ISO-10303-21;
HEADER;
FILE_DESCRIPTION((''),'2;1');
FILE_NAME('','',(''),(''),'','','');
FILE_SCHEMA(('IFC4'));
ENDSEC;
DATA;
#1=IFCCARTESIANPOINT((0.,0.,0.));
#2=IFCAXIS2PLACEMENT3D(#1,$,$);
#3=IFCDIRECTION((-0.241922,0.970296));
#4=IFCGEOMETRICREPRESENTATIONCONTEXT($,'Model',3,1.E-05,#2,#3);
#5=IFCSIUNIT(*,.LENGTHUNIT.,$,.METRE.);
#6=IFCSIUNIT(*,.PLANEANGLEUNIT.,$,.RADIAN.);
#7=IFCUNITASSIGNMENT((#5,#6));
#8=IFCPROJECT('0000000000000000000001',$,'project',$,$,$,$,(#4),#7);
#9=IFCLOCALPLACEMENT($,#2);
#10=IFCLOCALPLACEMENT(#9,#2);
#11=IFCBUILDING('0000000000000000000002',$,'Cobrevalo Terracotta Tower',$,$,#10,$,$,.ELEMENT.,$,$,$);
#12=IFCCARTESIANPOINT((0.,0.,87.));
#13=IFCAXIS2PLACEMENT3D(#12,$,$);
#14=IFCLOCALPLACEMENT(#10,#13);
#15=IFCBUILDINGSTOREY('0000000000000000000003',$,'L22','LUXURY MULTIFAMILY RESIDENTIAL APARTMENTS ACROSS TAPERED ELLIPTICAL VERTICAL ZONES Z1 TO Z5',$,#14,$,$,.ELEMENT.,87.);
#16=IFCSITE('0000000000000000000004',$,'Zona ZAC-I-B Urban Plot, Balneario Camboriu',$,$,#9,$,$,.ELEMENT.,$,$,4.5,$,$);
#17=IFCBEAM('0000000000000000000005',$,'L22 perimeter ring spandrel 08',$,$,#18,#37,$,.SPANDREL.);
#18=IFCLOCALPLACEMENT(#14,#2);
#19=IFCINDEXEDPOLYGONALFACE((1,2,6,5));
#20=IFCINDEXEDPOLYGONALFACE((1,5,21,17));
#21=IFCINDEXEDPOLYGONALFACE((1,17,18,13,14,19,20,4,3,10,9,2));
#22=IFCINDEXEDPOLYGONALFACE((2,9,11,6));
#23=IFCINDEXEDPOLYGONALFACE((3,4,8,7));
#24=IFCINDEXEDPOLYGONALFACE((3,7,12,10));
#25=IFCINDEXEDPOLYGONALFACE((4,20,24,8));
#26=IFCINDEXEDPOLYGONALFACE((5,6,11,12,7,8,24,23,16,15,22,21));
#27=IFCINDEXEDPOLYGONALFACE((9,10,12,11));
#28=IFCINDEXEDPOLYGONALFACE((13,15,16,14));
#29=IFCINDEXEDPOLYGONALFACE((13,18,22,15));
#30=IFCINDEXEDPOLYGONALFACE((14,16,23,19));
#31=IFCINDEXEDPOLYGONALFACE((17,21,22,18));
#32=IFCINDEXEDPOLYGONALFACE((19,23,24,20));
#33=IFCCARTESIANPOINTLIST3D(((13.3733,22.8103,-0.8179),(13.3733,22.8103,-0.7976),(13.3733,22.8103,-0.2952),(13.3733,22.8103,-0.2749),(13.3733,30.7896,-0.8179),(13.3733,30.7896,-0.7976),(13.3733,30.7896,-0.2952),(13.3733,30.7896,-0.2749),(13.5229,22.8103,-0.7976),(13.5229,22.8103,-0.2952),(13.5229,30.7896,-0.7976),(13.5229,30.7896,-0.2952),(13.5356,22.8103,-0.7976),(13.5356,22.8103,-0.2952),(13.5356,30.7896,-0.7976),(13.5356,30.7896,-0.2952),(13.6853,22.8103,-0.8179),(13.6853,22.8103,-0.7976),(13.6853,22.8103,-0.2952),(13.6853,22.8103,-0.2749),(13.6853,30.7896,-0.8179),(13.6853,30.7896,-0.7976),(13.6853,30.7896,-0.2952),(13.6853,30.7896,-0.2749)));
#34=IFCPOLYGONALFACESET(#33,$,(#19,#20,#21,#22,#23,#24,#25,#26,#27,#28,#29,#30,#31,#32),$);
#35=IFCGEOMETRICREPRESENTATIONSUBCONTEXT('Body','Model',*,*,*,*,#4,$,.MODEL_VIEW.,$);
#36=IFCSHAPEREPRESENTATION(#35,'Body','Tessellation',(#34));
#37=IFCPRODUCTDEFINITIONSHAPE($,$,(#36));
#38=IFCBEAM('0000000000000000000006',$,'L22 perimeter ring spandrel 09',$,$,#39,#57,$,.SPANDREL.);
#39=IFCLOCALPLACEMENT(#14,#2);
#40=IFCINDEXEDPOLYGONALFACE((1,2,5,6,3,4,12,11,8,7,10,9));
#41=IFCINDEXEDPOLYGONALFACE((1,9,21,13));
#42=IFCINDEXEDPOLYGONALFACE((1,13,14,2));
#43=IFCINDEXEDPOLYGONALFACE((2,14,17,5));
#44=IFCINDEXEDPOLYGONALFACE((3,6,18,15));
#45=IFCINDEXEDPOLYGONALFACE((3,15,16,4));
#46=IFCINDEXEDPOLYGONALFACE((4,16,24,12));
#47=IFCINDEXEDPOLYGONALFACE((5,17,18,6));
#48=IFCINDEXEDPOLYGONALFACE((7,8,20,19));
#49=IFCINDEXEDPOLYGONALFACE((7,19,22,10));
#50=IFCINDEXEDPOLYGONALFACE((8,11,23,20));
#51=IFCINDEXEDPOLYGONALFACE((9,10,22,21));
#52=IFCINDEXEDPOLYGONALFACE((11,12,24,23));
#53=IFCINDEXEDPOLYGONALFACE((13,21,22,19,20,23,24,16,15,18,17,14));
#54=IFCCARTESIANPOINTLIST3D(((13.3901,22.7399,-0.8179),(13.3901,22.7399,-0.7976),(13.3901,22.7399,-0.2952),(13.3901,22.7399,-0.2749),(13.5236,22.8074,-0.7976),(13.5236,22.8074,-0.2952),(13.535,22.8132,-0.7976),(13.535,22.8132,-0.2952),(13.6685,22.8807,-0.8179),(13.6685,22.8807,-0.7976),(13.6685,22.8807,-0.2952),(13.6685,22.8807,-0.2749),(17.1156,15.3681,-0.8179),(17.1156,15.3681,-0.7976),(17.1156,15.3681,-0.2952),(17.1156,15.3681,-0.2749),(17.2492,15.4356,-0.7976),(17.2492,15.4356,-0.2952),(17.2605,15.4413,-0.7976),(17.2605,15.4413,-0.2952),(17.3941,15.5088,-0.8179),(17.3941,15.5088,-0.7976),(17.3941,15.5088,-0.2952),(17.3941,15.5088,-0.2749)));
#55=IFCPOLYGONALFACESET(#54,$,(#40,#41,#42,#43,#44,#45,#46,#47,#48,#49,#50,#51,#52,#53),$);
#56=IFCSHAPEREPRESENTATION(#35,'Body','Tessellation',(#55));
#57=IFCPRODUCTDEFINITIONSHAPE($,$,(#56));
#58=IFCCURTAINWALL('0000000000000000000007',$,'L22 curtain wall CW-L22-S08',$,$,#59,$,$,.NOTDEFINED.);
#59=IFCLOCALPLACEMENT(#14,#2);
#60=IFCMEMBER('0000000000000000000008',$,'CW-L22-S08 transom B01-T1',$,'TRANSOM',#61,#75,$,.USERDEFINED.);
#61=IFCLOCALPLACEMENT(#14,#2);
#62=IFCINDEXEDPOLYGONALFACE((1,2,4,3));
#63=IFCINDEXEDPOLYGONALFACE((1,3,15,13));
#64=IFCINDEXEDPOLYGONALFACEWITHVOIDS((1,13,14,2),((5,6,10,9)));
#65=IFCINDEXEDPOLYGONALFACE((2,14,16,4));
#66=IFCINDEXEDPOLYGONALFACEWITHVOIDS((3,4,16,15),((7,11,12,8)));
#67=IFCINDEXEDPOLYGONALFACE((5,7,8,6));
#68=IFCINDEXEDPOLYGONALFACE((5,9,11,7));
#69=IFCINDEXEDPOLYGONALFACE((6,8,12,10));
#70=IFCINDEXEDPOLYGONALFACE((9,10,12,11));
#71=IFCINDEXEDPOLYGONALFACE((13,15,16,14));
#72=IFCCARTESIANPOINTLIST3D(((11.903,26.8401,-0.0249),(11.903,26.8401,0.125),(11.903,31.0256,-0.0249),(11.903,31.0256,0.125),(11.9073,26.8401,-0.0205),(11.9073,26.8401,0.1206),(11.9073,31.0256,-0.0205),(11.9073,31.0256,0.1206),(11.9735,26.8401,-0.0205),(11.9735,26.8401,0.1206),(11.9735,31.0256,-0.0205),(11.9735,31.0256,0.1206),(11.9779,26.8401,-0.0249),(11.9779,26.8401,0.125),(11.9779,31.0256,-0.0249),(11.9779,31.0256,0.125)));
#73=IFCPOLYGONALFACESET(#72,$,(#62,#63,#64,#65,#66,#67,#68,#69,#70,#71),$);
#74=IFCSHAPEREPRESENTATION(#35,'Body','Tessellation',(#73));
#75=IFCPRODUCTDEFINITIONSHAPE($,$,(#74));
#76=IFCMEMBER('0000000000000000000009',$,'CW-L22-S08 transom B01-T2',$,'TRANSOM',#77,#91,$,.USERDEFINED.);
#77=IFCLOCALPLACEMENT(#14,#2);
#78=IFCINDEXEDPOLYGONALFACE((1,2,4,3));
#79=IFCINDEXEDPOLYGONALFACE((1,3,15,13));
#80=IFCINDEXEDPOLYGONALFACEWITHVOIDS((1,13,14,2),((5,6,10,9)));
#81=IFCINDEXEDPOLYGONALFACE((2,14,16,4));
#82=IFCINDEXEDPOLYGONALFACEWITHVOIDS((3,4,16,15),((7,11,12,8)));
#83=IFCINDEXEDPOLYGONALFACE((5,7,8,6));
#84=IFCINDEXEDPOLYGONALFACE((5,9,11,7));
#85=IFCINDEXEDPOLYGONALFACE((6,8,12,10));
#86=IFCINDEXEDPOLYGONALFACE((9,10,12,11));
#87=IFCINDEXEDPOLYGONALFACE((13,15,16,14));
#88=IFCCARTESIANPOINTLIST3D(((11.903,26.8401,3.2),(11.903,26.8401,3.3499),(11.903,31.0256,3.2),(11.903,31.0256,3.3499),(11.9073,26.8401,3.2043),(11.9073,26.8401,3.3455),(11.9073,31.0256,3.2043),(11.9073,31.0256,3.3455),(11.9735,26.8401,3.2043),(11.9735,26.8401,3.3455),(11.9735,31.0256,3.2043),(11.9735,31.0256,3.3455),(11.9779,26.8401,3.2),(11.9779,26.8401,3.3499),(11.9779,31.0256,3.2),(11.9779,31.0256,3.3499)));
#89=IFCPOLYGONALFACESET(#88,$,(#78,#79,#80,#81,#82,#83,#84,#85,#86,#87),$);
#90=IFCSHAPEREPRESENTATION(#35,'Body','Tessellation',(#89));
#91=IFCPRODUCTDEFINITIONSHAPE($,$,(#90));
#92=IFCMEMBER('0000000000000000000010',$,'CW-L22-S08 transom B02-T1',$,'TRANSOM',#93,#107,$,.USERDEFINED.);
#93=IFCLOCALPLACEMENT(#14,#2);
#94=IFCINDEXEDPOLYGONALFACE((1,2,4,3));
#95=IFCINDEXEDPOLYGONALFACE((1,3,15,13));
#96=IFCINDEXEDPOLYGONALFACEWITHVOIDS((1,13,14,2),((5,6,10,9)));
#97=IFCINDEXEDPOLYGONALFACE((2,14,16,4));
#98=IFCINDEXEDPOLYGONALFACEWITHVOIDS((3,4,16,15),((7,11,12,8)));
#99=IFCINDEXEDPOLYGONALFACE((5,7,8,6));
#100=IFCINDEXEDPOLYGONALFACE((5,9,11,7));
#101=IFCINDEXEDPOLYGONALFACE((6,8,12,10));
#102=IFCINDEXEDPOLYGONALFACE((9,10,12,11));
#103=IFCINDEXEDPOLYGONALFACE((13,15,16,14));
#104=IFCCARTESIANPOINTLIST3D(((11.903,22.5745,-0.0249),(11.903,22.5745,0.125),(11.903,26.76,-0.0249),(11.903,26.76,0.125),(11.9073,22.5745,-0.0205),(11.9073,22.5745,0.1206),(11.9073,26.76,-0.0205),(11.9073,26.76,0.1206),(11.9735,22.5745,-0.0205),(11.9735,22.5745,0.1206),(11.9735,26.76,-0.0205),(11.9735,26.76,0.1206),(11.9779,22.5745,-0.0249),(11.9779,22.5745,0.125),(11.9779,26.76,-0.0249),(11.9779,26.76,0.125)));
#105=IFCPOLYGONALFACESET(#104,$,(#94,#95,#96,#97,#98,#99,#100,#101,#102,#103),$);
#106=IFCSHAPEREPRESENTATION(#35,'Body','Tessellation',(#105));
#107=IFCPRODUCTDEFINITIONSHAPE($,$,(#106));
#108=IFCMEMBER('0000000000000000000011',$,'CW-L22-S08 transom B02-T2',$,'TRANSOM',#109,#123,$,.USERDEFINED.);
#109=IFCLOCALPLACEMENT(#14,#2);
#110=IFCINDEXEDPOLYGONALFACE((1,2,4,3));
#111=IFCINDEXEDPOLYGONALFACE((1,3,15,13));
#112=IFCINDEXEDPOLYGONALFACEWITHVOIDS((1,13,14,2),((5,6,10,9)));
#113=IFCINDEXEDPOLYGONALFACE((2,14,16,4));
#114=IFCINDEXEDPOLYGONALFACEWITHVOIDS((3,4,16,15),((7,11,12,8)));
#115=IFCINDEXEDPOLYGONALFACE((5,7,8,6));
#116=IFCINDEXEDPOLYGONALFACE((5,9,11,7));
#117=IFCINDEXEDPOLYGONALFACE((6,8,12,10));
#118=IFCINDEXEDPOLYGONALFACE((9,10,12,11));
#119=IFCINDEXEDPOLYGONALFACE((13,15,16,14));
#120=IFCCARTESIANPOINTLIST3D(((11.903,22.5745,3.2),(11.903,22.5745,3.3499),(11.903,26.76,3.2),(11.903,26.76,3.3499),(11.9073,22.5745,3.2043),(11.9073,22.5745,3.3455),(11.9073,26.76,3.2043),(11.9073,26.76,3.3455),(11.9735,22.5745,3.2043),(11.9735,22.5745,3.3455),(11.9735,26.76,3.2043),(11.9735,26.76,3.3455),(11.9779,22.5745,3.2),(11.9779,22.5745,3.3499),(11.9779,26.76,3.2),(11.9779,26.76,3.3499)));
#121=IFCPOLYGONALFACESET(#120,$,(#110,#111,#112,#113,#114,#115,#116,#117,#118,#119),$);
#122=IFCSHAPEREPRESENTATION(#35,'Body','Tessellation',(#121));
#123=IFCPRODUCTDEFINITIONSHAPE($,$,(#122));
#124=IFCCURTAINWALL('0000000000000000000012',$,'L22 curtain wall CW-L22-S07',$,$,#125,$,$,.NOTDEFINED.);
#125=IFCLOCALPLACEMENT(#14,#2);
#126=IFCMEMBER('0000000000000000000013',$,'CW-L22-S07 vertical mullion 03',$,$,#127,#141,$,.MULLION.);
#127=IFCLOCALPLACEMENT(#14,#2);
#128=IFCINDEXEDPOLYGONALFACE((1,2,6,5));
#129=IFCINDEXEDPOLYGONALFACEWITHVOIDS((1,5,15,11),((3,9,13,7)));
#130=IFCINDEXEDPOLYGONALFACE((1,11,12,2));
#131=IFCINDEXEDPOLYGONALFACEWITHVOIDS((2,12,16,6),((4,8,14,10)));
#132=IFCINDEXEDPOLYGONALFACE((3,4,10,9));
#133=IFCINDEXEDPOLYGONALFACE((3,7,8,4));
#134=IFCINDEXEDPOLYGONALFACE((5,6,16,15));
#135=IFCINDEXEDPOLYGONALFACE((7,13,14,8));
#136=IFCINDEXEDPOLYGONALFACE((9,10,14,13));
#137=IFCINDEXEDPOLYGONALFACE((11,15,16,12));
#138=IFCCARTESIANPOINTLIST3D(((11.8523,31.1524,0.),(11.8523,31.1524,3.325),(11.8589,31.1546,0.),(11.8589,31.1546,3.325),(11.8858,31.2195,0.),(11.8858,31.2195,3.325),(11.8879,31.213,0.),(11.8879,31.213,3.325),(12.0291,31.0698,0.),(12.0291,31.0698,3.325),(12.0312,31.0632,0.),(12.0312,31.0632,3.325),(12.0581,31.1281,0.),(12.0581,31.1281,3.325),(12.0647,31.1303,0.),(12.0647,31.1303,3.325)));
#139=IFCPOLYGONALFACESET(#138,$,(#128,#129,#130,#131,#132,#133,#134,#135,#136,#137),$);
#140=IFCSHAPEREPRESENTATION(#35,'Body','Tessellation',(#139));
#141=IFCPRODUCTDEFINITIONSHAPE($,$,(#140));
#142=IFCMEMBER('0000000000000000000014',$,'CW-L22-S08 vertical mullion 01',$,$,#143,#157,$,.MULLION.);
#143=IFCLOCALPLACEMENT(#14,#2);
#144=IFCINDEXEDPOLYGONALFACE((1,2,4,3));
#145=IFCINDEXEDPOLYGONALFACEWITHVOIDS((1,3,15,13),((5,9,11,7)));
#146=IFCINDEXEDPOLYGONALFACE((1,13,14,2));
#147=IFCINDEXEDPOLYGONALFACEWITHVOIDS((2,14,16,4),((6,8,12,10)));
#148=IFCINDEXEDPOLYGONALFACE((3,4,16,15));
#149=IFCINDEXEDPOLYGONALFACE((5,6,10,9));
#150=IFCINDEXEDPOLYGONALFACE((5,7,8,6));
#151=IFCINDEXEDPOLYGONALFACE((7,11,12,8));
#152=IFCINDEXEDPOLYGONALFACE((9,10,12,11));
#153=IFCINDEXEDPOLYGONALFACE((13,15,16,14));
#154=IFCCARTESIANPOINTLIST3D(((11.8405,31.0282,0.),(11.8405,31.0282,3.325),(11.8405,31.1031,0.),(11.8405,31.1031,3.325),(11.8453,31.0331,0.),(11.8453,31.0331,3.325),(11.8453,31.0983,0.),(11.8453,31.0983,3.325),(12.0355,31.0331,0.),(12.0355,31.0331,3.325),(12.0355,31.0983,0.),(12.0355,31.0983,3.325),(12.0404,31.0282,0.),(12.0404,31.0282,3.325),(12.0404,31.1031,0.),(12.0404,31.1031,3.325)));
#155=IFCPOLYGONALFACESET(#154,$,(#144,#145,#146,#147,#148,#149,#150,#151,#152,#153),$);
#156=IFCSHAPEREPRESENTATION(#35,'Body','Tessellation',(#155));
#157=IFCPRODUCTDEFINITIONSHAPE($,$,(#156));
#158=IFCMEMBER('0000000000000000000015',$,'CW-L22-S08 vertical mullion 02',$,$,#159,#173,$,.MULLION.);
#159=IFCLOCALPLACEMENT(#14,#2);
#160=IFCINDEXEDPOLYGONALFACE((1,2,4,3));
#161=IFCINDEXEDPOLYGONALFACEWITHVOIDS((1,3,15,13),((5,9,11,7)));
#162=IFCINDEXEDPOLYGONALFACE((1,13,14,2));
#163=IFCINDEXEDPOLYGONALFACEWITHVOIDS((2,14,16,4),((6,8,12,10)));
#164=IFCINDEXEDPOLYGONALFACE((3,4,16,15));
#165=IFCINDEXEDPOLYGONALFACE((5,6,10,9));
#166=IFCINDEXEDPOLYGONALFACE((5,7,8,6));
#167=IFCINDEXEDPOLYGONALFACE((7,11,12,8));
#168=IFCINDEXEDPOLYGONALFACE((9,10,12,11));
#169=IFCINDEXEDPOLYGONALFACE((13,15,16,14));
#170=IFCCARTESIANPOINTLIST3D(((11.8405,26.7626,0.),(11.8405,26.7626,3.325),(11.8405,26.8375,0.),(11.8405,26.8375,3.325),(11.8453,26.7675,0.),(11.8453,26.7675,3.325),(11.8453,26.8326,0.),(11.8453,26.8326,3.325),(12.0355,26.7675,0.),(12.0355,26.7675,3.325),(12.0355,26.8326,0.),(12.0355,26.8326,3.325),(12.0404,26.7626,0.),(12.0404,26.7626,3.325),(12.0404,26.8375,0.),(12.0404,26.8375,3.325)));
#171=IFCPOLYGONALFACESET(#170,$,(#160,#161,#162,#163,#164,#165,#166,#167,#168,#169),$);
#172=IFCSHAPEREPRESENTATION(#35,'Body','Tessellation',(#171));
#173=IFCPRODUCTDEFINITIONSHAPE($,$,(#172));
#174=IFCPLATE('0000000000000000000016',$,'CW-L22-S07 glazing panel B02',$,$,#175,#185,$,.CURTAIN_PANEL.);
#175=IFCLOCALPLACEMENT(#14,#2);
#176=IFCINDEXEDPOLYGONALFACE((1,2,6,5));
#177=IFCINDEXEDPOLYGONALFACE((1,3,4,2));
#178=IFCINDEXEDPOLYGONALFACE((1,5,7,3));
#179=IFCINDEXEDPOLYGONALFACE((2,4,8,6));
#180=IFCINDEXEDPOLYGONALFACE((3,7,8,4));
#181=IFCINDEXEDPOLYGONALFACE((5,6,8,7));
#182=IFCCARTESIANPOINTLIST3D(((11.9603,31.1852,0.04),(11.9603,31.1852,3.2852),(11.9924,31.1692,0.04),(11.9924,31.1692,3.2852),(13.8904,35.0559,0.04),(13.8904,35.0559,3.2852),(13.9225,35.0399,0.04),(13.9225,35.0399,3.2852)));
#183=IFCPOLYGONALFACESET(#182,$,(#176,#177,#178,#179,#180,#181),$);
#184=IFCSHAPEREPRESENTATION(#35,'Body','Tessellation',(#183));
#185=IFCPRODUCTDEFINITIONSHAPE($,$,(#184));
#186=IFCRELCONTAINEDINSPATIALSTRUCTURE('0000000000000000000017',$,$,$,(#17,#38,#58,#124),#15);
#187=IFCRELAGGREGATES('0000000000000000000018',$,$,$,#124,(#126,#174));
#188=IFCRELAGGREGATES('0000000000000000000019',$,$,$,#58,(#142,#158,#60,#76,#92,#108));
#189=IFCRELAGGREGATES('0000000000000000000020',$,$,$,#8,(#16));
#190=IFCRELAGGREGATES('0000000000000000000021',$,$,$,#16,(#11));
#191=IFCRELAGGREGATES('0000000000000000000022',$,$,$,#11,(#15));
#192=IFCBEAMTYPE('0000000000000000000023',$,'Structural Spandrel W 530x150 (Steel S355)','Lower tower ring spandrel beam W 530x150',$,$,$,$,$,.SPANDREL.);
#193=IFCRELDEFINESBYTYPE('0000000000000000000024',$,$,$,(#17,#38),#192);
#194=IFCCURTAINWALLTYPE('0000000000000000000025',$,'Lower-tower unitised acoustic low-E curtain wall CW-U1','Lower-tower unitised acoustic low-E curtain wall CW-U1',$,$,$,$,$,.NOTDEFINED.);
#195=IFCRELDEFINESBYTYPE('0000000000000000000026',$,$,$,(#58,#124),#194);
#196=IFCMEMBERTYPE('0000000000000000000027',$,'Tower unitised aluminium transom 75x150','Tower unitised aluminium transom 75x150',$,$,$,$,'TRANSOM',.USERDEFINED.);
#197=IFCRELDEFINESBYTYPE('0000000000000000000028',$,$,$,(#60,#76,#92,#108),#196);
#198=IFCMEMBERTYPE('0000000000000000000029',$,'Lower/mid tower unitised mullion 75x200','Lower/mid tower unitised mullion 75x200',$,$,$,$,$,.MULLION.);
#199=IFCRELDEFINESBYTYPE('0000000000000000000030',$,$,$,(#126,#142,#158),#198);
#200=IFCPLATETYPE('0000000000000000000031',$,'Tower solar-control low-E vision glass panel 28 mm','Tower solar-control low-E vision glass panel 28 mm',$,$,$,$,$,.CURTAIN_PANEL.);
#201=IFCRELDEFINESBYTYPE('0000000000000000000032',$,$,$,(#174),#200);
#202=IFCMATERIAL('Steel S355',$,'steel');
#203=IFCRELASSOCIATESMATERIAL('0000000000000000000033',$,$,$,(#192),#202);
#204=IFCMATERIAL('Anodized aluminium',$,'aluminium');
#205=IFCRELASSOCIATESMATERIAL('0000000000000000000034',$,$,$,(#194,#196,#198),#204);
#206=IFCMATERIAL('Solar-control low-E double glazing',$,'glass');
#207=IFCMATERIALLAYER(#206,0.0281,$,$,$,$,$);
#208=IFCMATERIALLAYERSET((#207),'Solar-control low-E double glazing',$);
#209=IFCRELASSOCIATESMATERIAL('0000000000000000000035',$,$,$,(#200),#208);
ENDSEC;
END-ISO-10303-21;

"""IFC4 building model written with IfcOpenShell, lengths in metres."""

from ifc_helpers import new_model, si_unit, direction, frame, origin, origin_2d, place, context, subcontext, project, spatial, rectangle, hollow_rectangle, i_section, extrude, source, transform, mapped, material, layer, layer_set, material_profile, profile_set, type_object, element, aggregate, save


model = new_model("IFC4")

# Units and contexts
model_context = context("Model", 3, precision=1e-05, world=origin(), true_north=direction((-0.241922, 0.970296)))
body_context = subcontext(model_context, "Body", "Model", "MODEL_VIEW")
ifc_project = project(units=[si_unit("LENGTHUNIT", "METRE"), si_unit("PLANEANGLEUNIT", "RADIAN")], contexts=[model_context])

# Site, building, storey
site_placement = place(None, origin())
site = spatial("IfcSite", under=ifc_project, at=site_placement, Name="Zona ZAC-I-B Urban Plot, Balneario Camboriu", CompositionType="ELEMENT", RefElevation=4.5)
building_placement = place(site_placement, origin())
building = spatial("IfcBuilding", under=site, at=building_placement, Name="Cobrevalo Terracotta Tower", CompositionType="ELEMENT")
storey_placement = place(building_placement, frame((0.0, 0.0, 87.0)))
storey = spatial("IfcBuildingStorey", under=building, at=storey_placement, Name="L22", Description="LUXURY MULTIFAMILY RESIDENTIAL APARTMENTS ACROSS TAPERED ELLIPTICAL VERTICAL ZONES Z1 TO Z5", CompositionType="ELEMENT", Elevation=87.0)

# Shared definitions
ifc_material_1 = material(Name="Steel S355", Category="steel")

# Beams
ifc_material_profile_1 = material_profile(ifc_material_1, i_section(OverallWidth=0.312, OverallDepth=0.543, WebThickness=0.0127, FlangeThickness=0.0203, at=origin_2d()), Name="W 530x150")
ifc_profile_set_1 = profile_set([ifc_material_profile_1], Name="Steel S355")
beam_type_1 = type_object("IfcBeamType", Name="Structural Spandrel W 530x150 (Steel S355)", Description="Lower tower ring spandrel beam W 530x150", PredefinedType="SPANDREL", material=ifc_profile_set_1)
beam_1_placement = place(storey_placement, frame((13.5293, 30.7896, -0.5464), z_axis=(0.0, -1.0, 0.0), x_axis=(1.0, 0.0, 0.0)))
element("IfcBeam", 1, at=beam_1_placement, inside=storey, type_object=beam_type_1, Name="L22 perimeter ring spandrel 08", PredefinedType="SPANDREL", context=body_context, shape_type="SweptSolid", body=[
    extrude(i_section(OverallWidth=0.312, OverallDepth=0.543, WebThickness=0.0127, FlangeThickness=0.0203, at=origin_2d()), origin(), (0.0, 0.0, 1.0), 7.9792),
])
beam_2_placement = place(storey_placement, frame((13.5293, 22.8103, -0.5464), z_axis=(0.451052, -0.892498, 0.0), x_axis=(0.892498, 0.451052, 0.0)))
element("IfcBeam", 2, at=beam_2_placement, inside=storey, type_object=beam_type_1, Name="L22 perimeter ring spandrel 09", PredefinedType="SPANDREL", context=body_context, shape_type="SweptSolid", body=[
    extrude(i_section(OverallWidth=0.312, OverallDepth=0.543, WebThickness=0.0127, FlangeThickness=0.0203, at=origin_2d()), origin(), (0.0, 0.0, 1.0), 8.2598),
])

# Curtain wall, members
ifc_material_2 = material(Name="Anodized aluminium", Category="aluminium")
curtain_wall_type = type_object("IfcCurtainWallType", Name="Lower-tower unitised acoustic low-E curtain wall CW-U1", Description="Lower-tower unitised acoustic low-E curtain wall CW-U1", PredefinedType="NOTDEFINED", material=ifc_material_2)
curtain_wall_1_placement = place(storey_placement, origin())
curtain_wall_1 = element("IfcCurtainWall", 3, at=curtain_wall_1_placement, inside=storey, type_object=curtain_wall_type, Name="L22 curtain wall CW-L22-S08", PredefinedType="NOTDEFINED")
ifc_material_profile_2 = material_profile(ifc_material_2, hollow_rectangle(XDim=0.075, YDim=0.1499, WallThickness=0.0044, at=origin_2d()), Name="CWT 75x150")
ifc_profile_set_2 = profile_set([ifc_material_profile_2], Name="Anodized aluminium")
member_type_1 = type_object("IfcMemberType", Name="Tower unitised aluminium transom 75x150", Description="Tower unitised aluminium transom 75x150", ElementType="TRANSOM", PredefinedType="USERDEFINED", material=ifc_profile_set_2)
shared_shape_1 = source(origin(), body_context, "Body", "SweptSolid", [
    extrude(hollow_rectangle(XDim=0.075, YDim=0.1499, WallThickness=0.0044, at=origin_2d()), origin(), (0.0, 0.0, 1.0), 4.1855),
])
member_1_placement = place(storey_placement, frame((11.9404, 31.0256, 0.05), z_axis=(0.0, -1.0, 0.0), x_axis=(1.0, 0.0, 0.0)))
member_1 = element("IfcMember", 4, at=member_1_placement, type_object=member_type_1, Name="CW-L22-S08 transom B01-T1", ObjectType="TRANSOM", PredefinedType="USERDEFINED", context=body_context, shape_type="MappedRepresentation", body=[
    mapped(shared_shape_1, transform((0.0, 0.0, 0.0), scale=1.0)),
])
member_2_placement = place(storey_placement, frame((11.9404, 31.0256, 3.2749), z_axis=(0.0, -1.0, 0.0), x_axis=(1.0, 0.0, 0.0)))
member_2 = element("IfcMember", 5, at=member_2_placement, type_object=member_type_1, Name="CW-L22-S08 transom B01-T2", ObjectType="TRANSOM", PredefinedType="USERDEFINED", context=body_context, shape_type="MappedRepresentation", body=[
    mapped(shared_shape_1, transform((0.0, 0.0, 0.0), scale=1.0)),
])
member_3_placement = place(storey_placement, frame((11.9404, 26.76, 0.05), z_axis=(0.0, -1.0, 0.0), x_axis=(1.0, 0.0, 0.0)))
member_3 = element("IfcMember", 6, at=member_3_placement, type_object=member_type_1, Name="CW-L22-S08 transom B02-T1", ObjectType="TRANSOM", PredefinedType="USERDEFINED", context=body_context, shape_type="MappedRepresentation", body=[
    mapped(shared_shape_1, transform((0.0, 0.0, 0.0), scale=1.0)),
])
member_4_placement = place(storey_placement, frame((11.9404, 26.76, 3.2749), z_axis=(0.0, -1.0, 0.0), x_axis=(1.0, 0.0, 0.0)))
member_4 = element("IfcMember", 7, at=member_4_placement, type_object=member_type_1, Name="CW-L22-S08 transom B02-T2", ObjectType="TRANSOM", PredefinedType="USERDEFINED", context=body_context, shape_type="MappedRepresentation", body=[
    mapped(shared_shape_1, transform((0.0, 0.0, 0.0), scale=1.0)),
])

# Curtain wall, member
curtain_wall_2_placement = place(storey_placement, origin())
curtain_wall_2 = element("IfcCurtainWall", 8, at=curtain_wall_2_placement, inside=storey, type_object=curtain_wall_type, Name="L22 curtain wall CW-L22-S07", PredefinedType="NOTDEFINED")
ifc_material_profile_3 = material_profile(ifc_material_2, hollow_rectangle(XDim=0.075, YDim=0.2, WallThickness=0.0049, at=origin_2d()), Name="CWM 75x200")
ifc_profile_set_3 = profile_set([ifc_material_profile_3], Name="Anodized aluminium")
member_type_2 = type_object("IfcMemberType", Name="Lower/mid tower unitised mullion 75x200", Description="Lower/mid tower unitised mullion 75x200", PredefinedType="MULLION", material=ifc_profile_set_3)
shared_shape_2 = source(origin(), body_context, "Body", "SweptSolid", [
    extrude(hollow_rectangle(XDim=0.075, YDim=0.2, WallThickness=0.0049, at=origin_2d()), origin(), (0.0, 0.0, 1.0), 3.325),
])
member_5_placement = place(storey_placement, frame((11.9585, 31.1414, 0.0), z_axis=(0.0, 0.0, 1.0), x_axis=(-0.44626, -0.894903, 0.0)))
member_5 = element("IfcMember", 9, at=member_5_placement, type_object=member_type_2, Name="CW-L22-S07 vertical mullion 03", PredefinedType="MULLION", context=body_context, shape_type="MappedRepresentation", body=[
    mapped(shared_shape_2, transform((0.0, 0.0, 0.0), scale=1.0)),
])

# Members
member_6_placement = place(storey_placement, frame((11.9404, 31.0657, 0.0), z_axis=(0.0, 0.0, 1.0), x_axis=(0.0, -1.0, 0.0)))
member_6 = element("IfcMember", 10, at=member_6_placement, type_object=member_type_2, Name="CW-L22-S08 vertical mullion 01", PredefinedType="MULLION", context=body_context, shape_type="MappedRepresentation", body=[
    mapped(shared_shape_2, transform((0.0, 0.0, 0.0), scale=1.0)),
])
member_7_placement = place(storey_placement, frame((11.9404, 26.8, 0.0), z_axis=(0.0, 0.0, 1.0), x_axis=(0.0, -1.0, 0.0)))
member_7 = element("IfcMember", 11, at=member_7_placement, type_object=member_type_2, Name="CW-L22-S08 vertical mullion 02", PredefinedType="MULLION", context=body_context, shape_type="MappedRepresentation", body=[
    mapped(shared_shape_2, transform((0.0, 0.0, 0.0), scale=1.0)),
])

# Plate
ifc_material_3 = material(Name="Solar-control low-E double glazing", Category="glass")
ifc_layer_1 = layer(ifc_material_3, 0.0281)
ifc_layer_set_1 = layer_set([ifc_layer_1], Name="Solar-control low-E double glazing")
plate_type = type_object("IfcPlateType", Name="Tower solar-control low-E vision glass panel 28 mm", Description="Tower solar-control low-E vision glass panel 28 mm", PredefinedType="CURTAIN_PANEL", material=ifc_layer_set_1)
shared_shape_3 = source(origin(), body_context, "Body", "SweptSolid", [
    extrude(rectangle(XDim=4.3252, YDim=0.0359, at=origin_2d()), origin(), (0.0, 0.0, 1.0), 3.2451),
])
plate_1_placement = place(storey_placement, frame((12.9414, 33.1125, 0.04), z_axis=(0.0, 0.0, 1.0), x_axis=(-0.446262, -0.894902, 0.0)))
plate_1 = element("IfcPlate", 12, at=plate_1_placement, type_object=plate_type, Name="CW-L22-S07 glazing panel B02", PredefinedType="CURTAIN_PANEL", context=body_context, shape_type="MappedRepresentation", body=[
    mapped(shared_shape_3, transform((0.0, 0.0, 0.0), scale=1.0)),
])
aggregate(curtain_wall_2, [member_5, plate_1])
aggregate(curtain_wall_1, [member_6, member_7, member_1, member_2, member_3, member_4])

save(model, "model.ifc")
